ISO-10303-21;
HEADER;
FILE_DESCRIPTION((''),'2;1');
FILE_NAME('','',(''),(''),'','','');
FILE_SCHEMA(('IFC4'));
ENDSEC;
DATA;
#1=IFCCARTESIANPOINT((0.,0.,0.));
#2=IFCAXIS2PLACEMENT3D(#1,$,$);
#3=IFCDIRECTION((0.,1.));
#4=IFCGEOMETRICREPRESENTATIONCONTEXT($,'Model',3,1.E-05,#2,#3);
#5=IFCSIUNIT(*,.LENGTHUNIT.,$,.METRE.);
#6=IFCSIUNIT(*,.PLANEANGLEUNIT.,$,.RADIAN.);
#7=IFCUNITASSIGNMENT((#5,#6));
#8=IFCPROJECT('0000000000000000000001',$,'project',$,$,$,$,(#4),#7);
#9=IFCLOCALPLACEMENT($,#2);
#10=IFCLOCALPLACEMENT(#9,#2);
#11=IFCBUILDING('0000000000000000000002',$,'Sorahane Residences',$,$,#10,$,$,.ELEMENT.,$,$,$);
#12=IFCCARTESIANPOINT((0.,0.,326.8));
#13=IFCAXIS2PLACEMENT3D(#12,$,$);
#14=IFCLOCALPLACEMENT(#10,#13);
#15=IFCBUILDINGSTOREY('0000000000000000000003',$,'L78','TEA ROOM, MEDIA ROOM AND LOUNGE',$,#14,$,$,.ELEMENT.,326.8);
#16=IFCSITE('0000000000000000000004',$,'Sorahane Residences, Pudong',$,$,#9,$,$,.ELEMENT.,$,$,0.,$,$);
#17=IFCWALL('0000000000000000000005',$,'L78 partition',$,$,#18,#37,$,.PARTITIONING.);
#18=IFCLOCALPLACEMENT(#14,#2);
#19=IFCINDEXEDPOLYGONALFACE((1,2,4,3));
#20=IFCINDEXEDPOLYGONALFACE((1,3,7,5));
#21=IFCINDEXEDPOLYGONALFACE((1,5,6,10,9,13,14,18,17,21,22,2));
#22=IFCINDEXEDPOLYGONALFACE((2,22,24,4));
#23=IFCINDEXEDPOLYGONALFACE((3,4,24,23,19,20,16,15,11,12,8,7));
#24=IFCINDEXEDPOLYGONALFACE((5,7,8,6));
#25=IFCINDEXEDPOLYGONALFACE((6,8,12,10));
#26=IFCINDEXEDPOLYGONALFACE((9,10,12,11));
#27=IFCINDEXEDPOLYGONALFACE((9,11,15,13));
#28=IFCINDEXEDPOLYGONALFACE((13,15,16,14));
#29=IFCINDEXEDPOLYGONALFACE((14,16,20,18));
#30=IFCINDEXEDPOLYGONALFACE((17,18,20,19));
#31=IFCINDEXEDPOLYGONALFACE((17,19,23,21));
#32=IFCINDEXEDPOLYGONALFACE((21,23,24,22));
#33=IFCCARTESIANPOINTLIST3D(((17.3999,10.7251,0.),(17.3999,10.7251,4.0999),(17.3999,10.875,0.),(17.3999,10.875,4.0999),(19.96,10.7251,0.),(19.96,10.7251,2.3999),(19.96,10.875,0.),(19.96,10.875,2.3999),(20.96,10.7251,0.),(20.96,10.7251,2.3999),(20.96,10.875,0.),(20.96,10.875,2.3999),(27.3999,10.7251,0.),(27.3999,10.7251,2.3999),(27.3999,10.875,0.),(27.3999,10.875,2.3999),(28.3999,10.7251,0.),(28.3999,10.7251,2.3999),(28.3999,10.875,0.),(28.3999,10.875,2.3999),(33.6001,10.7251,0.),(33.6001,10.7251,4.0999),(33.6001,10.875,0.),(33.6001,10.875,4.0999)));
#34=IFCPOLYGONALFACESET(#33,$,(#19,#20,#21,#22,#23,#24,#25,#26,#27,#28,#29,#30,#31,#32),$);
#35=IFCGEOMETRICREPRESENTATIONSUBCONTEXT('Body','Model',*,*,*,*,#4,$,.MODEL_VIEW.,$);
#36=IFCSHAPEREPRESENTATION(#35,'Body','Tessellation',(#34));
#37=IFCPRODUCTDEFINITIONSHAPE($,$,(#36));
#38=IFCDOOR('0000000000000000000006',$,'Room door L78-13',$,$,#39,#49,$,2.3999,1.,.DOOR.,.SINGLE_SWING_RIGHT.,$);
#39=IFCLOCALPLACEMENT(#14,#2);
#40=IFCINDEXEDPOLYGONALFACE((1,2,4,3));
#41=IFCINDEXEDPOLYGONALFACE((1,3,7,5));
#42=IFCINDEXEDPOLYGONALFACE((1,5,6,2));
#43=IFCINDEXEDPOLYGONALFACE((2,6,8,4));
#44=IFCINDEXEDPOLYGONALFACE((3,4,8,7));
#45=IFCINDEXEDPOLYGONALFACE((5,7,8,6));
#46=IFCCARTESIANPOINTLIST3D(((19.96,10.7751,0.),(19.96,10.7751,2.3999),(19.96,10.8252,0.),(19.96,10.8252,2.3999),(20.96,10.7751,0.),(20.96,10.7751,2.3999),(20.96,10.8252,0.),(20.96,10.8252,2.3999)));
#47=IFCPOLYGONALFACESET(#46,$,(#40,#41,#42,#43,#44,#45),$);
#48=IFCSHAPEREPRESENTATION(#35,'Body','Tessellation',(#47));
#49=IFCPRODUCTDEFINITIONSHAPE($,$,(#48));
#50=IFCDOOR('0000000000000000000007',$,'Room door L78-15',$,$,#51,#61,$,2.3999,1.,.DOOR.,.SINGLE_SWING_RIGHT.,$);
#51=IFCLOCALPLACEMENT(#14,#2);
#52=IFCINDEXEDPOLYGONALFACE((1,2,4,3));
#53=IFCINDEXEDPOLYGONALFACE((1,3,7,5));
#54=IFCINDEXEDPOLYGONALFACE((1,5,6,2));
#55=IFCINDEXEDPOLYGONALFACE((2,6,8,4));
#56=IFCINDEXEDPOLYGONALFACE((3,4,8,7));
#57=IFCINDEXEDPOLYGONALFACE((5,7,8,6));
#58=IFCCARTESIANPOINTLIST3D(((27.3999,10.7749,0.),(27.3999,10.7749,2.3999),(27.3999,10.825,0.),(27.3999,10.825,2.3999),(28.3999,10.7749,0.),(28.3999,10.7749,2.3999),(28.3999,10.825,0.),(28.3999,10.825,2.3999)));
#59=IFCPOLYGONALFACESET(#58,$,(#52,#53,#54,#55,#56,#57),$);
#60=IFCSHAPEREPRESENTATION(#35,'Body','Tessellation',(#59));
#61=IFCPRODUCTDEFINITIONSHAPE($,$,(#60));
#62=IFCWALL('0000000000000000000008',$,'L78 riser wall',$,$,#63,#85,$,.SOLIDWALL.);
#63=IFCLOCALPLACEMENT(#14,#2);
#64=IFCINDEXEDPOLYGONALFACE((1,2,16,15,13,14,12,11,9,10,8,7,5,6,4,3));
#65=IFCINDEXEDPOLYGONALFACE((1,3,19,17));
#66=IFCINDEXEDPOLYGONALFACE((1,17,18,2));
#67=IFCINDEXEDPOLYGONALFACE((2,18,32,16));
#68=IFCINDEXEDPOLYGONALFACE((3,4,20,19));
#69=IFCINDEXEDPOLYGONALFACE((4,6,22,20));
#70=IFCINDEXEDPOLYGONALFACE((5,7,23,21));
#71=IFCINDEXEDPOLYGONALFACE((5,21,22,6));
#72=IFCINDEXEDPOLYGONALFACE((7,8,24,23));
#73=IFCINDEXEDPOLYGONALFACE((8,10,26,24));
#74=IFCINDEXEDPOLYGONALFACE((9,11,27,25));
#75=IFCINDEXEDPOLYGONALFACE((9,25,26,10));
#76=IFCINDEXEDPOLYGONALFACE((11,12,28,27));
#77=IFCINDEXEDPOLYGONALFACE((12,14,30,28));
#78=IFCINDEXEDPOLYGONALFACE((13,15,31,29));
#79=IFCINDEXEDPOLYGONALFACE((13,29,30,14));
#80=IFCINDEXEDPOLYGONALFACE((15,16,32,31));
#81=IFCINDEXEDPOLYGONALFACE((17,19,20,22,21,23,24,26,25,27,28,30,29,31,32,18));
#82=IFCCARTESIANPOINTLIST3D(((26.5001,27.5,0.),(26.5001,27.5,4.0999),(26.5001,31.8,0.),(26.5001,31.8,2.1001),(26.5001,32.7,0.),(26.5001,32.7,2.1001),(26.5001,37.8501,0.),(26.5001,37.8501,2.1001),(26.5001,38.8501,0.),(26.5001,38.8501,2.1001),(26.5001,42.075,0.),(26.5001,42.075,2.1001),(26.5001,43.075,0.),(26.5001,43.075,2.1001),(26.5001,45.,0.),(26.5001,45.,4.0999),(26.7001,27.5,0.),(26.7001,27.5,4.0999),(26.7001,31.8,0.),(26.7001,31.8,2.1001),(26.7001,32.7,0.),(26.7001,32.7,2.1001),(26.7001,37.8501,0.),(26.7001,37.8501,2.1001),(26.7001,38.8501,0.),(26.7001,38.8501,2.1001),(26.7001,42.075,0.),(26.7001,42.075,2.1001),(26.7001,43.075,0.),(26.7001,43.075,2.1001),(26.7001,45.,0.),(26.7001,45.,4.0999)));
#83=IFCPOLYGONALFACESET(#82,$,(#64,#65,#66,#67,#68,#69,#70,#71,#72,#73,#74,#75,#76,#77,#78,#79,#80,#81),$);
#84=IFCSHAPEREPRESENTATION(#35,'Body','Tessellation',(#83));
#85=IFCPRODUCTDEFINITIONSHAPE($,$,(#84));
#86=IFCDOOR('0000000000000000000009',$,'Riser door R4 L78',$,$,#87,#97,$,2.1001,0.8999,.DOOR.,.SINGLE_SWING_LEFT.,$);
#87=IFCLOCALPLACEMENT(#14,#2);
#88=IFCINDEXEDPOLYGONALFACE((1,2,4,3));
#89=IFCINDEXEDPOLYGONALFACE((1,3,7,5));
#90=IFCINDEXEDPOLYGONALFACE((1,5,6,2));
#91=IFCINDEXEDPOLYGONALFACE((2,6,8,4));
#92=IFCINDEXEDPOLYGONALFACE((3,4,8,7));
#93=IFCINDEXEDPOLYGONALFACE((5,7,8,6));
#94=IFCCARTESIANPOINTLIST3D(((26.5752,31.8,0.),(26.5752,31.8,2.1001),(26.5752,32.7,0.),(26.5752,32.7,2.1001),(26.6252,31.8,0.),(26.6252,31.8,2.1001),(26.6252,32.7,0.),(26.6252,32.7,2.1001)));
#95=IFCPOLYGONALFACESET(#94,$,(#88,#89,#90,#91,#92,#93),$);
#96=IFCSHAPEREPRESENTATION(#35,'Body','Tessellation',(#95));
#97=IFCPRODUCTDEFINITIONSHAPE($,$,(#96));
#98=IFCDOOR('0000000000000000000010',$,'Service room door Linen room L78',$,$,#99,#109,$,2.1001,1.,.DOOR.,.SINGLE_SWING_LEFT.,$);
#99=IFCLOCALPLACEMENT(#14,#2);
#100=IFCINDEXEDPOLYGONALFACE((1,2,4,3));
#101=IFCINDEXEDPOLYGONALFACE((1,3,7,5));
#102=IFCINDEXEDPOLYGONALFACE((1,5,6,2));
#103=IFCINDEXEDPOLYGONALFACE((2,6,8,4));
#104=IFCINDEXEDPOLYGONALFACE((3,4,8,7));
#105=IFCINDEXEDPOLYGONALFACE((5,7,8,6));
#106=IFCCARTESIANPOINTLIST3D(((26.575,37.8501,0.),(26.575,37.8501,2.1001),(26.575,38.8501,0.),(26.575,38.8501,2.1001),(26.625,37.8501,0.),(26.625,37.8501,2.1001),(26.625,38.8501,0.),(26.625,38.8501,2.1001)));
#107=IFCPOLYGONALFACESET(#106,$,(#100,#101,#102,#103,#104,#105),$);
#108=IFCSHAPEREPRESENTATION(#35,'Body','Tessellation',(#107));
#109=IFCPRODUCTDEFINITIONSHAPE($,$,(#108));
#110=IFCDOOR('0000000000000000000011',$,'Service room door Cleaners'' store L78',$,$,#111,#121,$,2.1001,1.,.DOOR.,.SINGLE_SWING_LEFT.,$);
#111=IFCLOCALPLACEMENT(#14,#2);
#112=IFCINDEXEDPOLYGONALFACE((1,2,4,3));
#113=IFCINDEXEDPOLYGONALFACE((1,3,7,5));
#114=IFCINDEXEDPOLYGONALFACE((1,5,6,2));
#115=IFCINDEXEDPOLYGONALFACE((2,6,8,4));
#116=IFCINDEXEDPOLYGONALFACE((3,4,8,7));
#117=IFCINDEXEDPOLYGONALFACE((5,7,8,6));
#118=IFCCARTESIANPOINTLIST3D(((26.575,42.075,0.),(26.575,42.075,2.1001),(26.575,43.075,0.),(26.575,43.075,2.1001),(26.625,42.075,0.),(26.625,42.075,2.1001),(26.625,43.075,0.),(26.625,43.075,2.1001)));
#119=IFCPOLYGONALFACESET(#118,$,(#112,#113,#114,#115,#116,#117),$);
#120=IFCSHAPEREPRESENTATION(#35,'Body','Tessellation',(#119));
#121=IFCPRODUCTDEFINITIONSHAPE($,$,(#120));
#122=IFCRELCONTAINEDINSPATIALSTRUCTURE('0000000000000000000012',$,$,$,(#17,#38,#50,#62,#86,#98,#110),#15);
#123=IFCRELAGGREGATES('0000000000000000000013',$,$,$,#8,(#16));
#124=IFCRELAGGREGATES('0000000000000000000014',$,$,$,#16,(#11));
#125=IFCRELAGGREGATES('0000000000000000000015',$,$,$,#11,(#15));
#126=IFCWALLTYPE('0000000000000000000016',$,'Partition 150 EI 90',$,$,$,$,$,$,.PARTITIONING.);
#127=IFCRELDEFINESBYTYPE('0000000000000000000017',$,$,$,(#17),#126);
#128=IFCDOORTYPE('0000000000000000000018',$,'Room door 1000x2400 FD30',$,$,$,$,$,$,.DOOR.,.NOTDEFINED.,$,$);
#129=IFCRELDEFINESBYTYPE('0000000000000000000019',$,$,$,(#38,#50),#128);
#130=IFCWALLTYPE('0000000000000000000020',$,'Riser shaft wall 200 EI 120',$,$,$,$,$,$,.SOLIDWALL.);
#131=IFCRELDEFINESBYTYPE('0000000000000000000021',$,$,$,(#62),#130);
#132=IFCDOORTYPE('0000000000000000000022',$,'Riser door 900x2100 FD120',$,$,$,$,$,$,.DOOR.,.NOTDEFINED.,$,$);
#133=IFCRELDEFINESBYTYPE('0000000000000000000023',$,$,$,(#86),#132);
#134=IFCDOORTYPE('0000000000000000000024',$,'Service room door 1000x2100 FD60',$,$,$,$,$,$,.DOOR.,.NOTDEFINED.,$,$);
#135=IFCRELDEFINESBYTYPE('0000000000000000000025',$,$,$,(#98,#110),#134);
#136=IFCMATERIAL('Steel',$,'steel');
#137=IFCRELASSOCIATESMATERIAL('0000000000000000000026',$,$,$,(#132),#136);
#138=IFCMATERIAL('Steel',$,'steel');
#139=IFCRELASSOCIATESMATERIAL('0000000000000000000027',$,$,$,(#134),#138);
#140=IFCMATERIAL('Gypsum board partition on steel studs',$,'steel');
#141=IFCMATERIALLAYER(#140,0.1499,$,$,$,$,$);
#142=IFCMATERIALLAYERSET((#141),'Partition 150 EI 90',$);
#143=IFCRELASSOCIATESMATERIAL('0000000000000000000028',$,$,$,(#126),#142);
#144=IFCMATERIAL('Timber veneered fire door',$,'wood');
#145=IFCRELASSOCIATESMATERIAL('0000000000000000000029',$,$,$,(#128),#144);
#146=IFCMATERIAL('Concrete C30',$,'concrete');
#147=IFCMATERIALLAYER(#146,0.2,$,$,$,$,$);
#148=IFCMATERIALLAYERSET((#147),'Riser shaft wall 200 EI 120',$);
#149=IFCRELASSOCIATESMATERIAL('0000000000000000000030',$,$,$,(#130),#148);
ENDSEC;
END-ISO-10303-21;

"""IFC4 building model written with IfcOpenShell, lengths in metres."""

from ifc_helpers import new_model, si_unit, direction, frame, frame_2d, origin, place, context, subcontext, project, spatial, rectangle, extrude, material, layer, layer_set, type_object, element, fill, save


model = new_model("IFC4")

# Units and contexts
model_context = context("Model", 3, precision=1e-05, world=origin(), true_north=direction((0.0, 1.0)))
body_context = subcontext(model_context, "Body", "Model", "MODEL_VIEW")
ifc_project = project(units=[si_unit("LENGTHUNIT", "METRE"), si_unit("PLANEANGLEUNIT", "RADIAN")], contexts=[model_context])

# Site, building, storey
site_placement = place(None, origin())
site = spatial("IfcSite", under=ifc_project, at=site_placement, Name="Sorahane Residences, Pudong", CompositionType="ELEMENT", RefElevation=0.0)
building_placement = place(site_placement, origin())
building = spatial("IfcBuilding", under=site, at=building_placement, Name="Sorahane Residences", CompositionType="ELEMENT")
storey_placement = place(building_placement, frame((0.0, 0.0, 326.8)))
storey = spatial("IfcBuildingStorey", under=building, at=storey_placement, Name="L78", Description="TEA ROOM, MEDIA ROOM AND LOUNGE", CompositionType="ELEMENT", Elevation=326.8)

# Shared definitions
ifc_material_1 = material(Name="Steel", Category="steel")
door_type_1 = type_object("IfcDoorType", Name="Riser door 900x2100 FD120", OperationType="NOTDEFINED", PredefinedType="DOOR", material=ifc_material_1)
ifc_material_2 = material(Name="Steel", Category="steel")
door_type_2 = type_object("IfcDoorType", Name="Service room door 1000x2100 FD60", OperationType="NOTDEFINED", PredefinedType="DOOR", material=ifc_material_2)

# Shared definitions
ifc_material_3 = material(Name="Gypsum board partition on steel studs", Category="steel")
ifc_layer_1 = layer(ifc_material_3, 0.1499)
ifc_layer_set_1 = layer_set([ifc_layer_1], Name="Partition 150 EI 90")
wall_type_1 = type_object("IfcWallType", Name="Partition 150 EI 90", PredefinedType="PARTITIONING", material=ifc_layer_set_1)

# Walls, openings, doors
wall_1_placement = place(storey_placement, frame((17.3999, 10.8, 0.0), z_axis=(0.0, 0.0, 1.0), x_axis=(1.0, 0.0, 0.0)))
wall_1 = element("IfcWall", 1, at=wall_1_placement, inside=storey, type_object=wall_type_1, Name="L78 partition", PredefinedType="PARTITIONING", context=body_context, shape_type="SweptSolid", body=[
    extrude(rectangle(XDim=16.2002, YDim=0.1499, at=frame_2d((8.1001, 0.0))), origin(), (0.0, 0.0, 1.0), 4.0999),
])
opening_1_placement = place(wall_1_placement, frame((2.5601, 0.0, 0.0)))
opening_1 = element("IfcOpeningElement", 2, at=opening_1_placement, cuts=wall_1, PredefinedType="OPENING", context=body_context, shape_type="SweptSolid", body=[
    extrude(rectangle(XDim=1.0, YDim=2.3999, at=frame_2d((0.5, 1.2))), frame((0.0, 0.085, 0.0), z_axis=(0.0, -1.0, 0.0), x_axis=(1.0, 0.0, 0.0)), (0.0, 0.0, 1.0), 0.1699),
])
opening_2_placement = place(wall_1_placement, frame((10.0, 0.0, 0.0)))
opening_2 = element("IfcOpeningElement", 3, at=opening_2_placement, cuts=wall_1, PredefinedType="OPENING", context=body_context, shape_type="SweptSolid", body=[
    extrude(rectangle(XDim=1.0, YDim=2.3999, at=frame_2d((0.5, 1.2))), frame((0.0, 0.085, 0.0), z_axis=(0.0, -1.0, 0.0), x_axis=(1.0, 0.0, 0.0)), (0.0, 0.0, 1.0), 0.1699),
])
ifc_material_4 = material(Name="Timber veneered fire door", Category="wood")
door_type_3 = type_object("IfcDoorType", Name="Room door 1000x2400 FD30", OperationType="NOTDEFINED", PredefinedType="DOOR", material=ifc_material_4)
door_1_placement = place(opening_1_placement, frame((1.0, 0.0, 0.0), z_axis=(0.0, 0.0, 1.0), x_axis=(-1.0, 0.0, 0.0)))
door_1 = element("IfcDoor", 4, at=door_1_placement, inside=storey, type_object=door_type_3, Name="Room door L78-13", OperationType="SINGLE_SWING_RIGHT", OverallHeight=2.3999, OverallWidth=1.0, PredefinedType="DOOR", context=body_context, shape_type="SweptSolid", body=[
    extrude(rectangle(XDim=1.0, YDim=2.3999, at=frame_2d((0.5, 1.2))), frame((0.0, 0.0249, 0.0), z_axis=(0.0, -1.0, 0.0), x_axis=(1.0, 0.0, 0.0)), (0.0, 0.0, 1.0), 0.05),
])
fill(opening_1, door_1)
door_2_placement = place(opening_2_placement, origin())
door_2 = element("IfcDoor", 5, at=door_2_placement, inside=storey, type_object=door_type_3, Name="Room door L78-15", OperationType="SINGLE_SWING_RIGHT", OverallHeight=2.3999, OverallWidth=1.0, PredefinedType="DOOR", context=body_context, shape_type="SweptSolid", body=[
    extrude(rectangle(XDim=1.0, YDim=2.3999, at=frame_2d((0.5, 1.2))), frame((0.0, 0.0249, 0.0), z_axis=(0.0, -1.0, 0.0), x_axis=(1.0, 0.0, 0.0)), (0.0, 0.0, 1.0), 0.05),
])
fill(opening_2, door_2)
ifc_material_5 = material(Name="Concrete C30", Category="concrete")
ifc_layer_2 = layer(ifc_material_5, 0.2)
ifc_layer_set_2 = layer_set([ifc_layer_2], Name="Riser shaft wall 200 EI 120")
wall_type_2 = type_object("IfcWallType", Name="Riser shaft wall 200 EI 120", PredefinedType="SOLIDWALL", material=ifc_layer_set_2)
wall_2_placement = place(storey_placement, frame((26.6001, 27.5, 0.0), z_axis=(0.0, 0.0, 1.0), x_axis=(0.0, 1.0, 0.0)))
wall_2 = element("IfcWall", 6, at=wall_2_placement, inside=storey, type_object=wall_type_2, Name="L78 riser wall", PredefinedType="SOLIDWALL", context=body_context, shape_type="SweptSolid", body=[
    extrude(rectangle(XDim=17.5, YDim=0.2, at=frame_2d((8.75, 0.0))), origin(), (0.0, 0.0, 1.0), 4.0999),
])
opening_3_placement = place(wall_2_placement, frame((4.3, 0.0, 0.0)))
opening_3 = element("IfcOpeningElement", 7, at=opening_3_placement, cuts=wall_2, PredefinedType="OPENING", context=body_context, shape_type="SweptSolid", body=[
    extrude(rectangle(XDim=0.8999, YDim=2.1001, at=frame_2d((0.45, 1.05))), frame((0.0, 0.1099, 0.0), z_axis=(0.0, -1.0, 0.0), x_axis=(1.0, 0.0, 0.0)), (0.0, 0.0, 1.0), 0.22),
])
opening_4_placement = place(wall_2_placement, frame((10.3501, 0.0, 0.0)))
opening_4 = element("IfcOpeningElement", 8, at=opening_4_placement, cuts=wall_2, PredefinedType="OPENING", context=body_context, shape_type="SweptSolid", body=[
    extrude(rectangle(XDim=1.0, YDim=2.1001, at=frame_2d((0.5, 1.05))), frame((0.0, 0.1099, 0.0), z_axis=(0.0, -1.0, 0.0), x_axis=(1.0, 0.0, 0.0)), (0.0, 0.0, 1.0), 0.22),
])
opening_5_placement = place(wall_2_placement, frame((14.575, 0.0, 0.0)))
opening_5 = element("IfcOpeningElement", 9, at=opening_5_placement, cuts=wall_2, PredefinedType="OPENING", context=body_context, shape_type="SweptSolid", body=[
    extrude(rectangle(XDim=1.0, YDim=2.1001, at=frame_2d((0.5, 1.05))), frame((0.0, 0.1099, 0.0), z_axis=(0.0, -1.0, 0.0), x_axis=(1.0, 0.0, 0.0)), (0.0, 0.0, 1.0), 0.22),
])
door_3_placement = place(opening_3_placement, origin())
door_3 = element("IfcDoor", 10, at=door_3_placement, inside=storey, type_object=door_type_1, Name="Riser door R4 L78", OperationType="SINGLE_SWING_LEFT", OverallHeight=2.1001, OverallWidth=0.8999, PredefinedType="DOOR", context=body_context, shape_type="SweptSolid", body=[
    extrude(rectangle(XDim=0.8999, YDim=2.1001, at=frame_2d((0.45, 1.05))), frame((0.0, 0.0249, 0.0), z_axis=(0.0, -1.0, 0.0), x_axis=(1.0, 0.0, 0.0)), (0.0, 0.0, 1.0), 0.05),
])
fill(opening_3, door_3)
door_4_placement = place(opening_4_placement, frame((1.0, 0.0, 0.0), z_axis=(0.0, 0.0, 1.0), x_axis=(-1.0, 0.0, 0.0)))
door_4 = element("IfcDoor", 11, at=door_4_placement, inside=storey, type_object=door_type_2, Name="Service room door Linen room L78", OperationType="SINGLE_SWING_LEFT", OverallHeight=2.1001, OverallWidth=1.0, PredefinedType="DOOR", context=body_context, shape_type="SweptSolid", body=[
    extrude(rectangle(XDim=1.0, YDim=2.1001, at=frame_2d((0.5, 1.05))), frame((0.0, 0.0249, 0.0), z_axis=(0.0, -1.0, 0.0), x_axis=(1.0, 0.0, 0.0)), (0.0, 0.0, 1.0), 0.05),
])
fill(opening_4, door_4)
door_5_placement = place(opening_5_placement, frame((1.0, 0.0, 0.0), z_axis=(0.0, 0.0, 1.0), x_axis=(-1.0, 0.0, 0.0)))
door_5 = element("IfcDoor", 12, at=door_5_placement, inside=storey, type_object=door_type_2, Name="Service room door Cleaners' store L78", OperationType="SINGLE_SWING_LEFT", OverallHeight=2.1001, OverallWidth=1.0, PredefinedType="DOOR", context=body_context, shape_type="SweptSolid", body=[
    extrude(rectangle(XDim=1.0, YDim=2.1001, at=frame_2d((0.5, 1.05))), frame((0.0, 0.0249, 0.0), z_axis=(0.0, -1.0, 0.0), x_axis=(1.0, 0.0, 0.0)), (0.0, 0.0, 1.0), 0.05),
])
fill(opening_5, door_5)

save(model, "model.ifc")
